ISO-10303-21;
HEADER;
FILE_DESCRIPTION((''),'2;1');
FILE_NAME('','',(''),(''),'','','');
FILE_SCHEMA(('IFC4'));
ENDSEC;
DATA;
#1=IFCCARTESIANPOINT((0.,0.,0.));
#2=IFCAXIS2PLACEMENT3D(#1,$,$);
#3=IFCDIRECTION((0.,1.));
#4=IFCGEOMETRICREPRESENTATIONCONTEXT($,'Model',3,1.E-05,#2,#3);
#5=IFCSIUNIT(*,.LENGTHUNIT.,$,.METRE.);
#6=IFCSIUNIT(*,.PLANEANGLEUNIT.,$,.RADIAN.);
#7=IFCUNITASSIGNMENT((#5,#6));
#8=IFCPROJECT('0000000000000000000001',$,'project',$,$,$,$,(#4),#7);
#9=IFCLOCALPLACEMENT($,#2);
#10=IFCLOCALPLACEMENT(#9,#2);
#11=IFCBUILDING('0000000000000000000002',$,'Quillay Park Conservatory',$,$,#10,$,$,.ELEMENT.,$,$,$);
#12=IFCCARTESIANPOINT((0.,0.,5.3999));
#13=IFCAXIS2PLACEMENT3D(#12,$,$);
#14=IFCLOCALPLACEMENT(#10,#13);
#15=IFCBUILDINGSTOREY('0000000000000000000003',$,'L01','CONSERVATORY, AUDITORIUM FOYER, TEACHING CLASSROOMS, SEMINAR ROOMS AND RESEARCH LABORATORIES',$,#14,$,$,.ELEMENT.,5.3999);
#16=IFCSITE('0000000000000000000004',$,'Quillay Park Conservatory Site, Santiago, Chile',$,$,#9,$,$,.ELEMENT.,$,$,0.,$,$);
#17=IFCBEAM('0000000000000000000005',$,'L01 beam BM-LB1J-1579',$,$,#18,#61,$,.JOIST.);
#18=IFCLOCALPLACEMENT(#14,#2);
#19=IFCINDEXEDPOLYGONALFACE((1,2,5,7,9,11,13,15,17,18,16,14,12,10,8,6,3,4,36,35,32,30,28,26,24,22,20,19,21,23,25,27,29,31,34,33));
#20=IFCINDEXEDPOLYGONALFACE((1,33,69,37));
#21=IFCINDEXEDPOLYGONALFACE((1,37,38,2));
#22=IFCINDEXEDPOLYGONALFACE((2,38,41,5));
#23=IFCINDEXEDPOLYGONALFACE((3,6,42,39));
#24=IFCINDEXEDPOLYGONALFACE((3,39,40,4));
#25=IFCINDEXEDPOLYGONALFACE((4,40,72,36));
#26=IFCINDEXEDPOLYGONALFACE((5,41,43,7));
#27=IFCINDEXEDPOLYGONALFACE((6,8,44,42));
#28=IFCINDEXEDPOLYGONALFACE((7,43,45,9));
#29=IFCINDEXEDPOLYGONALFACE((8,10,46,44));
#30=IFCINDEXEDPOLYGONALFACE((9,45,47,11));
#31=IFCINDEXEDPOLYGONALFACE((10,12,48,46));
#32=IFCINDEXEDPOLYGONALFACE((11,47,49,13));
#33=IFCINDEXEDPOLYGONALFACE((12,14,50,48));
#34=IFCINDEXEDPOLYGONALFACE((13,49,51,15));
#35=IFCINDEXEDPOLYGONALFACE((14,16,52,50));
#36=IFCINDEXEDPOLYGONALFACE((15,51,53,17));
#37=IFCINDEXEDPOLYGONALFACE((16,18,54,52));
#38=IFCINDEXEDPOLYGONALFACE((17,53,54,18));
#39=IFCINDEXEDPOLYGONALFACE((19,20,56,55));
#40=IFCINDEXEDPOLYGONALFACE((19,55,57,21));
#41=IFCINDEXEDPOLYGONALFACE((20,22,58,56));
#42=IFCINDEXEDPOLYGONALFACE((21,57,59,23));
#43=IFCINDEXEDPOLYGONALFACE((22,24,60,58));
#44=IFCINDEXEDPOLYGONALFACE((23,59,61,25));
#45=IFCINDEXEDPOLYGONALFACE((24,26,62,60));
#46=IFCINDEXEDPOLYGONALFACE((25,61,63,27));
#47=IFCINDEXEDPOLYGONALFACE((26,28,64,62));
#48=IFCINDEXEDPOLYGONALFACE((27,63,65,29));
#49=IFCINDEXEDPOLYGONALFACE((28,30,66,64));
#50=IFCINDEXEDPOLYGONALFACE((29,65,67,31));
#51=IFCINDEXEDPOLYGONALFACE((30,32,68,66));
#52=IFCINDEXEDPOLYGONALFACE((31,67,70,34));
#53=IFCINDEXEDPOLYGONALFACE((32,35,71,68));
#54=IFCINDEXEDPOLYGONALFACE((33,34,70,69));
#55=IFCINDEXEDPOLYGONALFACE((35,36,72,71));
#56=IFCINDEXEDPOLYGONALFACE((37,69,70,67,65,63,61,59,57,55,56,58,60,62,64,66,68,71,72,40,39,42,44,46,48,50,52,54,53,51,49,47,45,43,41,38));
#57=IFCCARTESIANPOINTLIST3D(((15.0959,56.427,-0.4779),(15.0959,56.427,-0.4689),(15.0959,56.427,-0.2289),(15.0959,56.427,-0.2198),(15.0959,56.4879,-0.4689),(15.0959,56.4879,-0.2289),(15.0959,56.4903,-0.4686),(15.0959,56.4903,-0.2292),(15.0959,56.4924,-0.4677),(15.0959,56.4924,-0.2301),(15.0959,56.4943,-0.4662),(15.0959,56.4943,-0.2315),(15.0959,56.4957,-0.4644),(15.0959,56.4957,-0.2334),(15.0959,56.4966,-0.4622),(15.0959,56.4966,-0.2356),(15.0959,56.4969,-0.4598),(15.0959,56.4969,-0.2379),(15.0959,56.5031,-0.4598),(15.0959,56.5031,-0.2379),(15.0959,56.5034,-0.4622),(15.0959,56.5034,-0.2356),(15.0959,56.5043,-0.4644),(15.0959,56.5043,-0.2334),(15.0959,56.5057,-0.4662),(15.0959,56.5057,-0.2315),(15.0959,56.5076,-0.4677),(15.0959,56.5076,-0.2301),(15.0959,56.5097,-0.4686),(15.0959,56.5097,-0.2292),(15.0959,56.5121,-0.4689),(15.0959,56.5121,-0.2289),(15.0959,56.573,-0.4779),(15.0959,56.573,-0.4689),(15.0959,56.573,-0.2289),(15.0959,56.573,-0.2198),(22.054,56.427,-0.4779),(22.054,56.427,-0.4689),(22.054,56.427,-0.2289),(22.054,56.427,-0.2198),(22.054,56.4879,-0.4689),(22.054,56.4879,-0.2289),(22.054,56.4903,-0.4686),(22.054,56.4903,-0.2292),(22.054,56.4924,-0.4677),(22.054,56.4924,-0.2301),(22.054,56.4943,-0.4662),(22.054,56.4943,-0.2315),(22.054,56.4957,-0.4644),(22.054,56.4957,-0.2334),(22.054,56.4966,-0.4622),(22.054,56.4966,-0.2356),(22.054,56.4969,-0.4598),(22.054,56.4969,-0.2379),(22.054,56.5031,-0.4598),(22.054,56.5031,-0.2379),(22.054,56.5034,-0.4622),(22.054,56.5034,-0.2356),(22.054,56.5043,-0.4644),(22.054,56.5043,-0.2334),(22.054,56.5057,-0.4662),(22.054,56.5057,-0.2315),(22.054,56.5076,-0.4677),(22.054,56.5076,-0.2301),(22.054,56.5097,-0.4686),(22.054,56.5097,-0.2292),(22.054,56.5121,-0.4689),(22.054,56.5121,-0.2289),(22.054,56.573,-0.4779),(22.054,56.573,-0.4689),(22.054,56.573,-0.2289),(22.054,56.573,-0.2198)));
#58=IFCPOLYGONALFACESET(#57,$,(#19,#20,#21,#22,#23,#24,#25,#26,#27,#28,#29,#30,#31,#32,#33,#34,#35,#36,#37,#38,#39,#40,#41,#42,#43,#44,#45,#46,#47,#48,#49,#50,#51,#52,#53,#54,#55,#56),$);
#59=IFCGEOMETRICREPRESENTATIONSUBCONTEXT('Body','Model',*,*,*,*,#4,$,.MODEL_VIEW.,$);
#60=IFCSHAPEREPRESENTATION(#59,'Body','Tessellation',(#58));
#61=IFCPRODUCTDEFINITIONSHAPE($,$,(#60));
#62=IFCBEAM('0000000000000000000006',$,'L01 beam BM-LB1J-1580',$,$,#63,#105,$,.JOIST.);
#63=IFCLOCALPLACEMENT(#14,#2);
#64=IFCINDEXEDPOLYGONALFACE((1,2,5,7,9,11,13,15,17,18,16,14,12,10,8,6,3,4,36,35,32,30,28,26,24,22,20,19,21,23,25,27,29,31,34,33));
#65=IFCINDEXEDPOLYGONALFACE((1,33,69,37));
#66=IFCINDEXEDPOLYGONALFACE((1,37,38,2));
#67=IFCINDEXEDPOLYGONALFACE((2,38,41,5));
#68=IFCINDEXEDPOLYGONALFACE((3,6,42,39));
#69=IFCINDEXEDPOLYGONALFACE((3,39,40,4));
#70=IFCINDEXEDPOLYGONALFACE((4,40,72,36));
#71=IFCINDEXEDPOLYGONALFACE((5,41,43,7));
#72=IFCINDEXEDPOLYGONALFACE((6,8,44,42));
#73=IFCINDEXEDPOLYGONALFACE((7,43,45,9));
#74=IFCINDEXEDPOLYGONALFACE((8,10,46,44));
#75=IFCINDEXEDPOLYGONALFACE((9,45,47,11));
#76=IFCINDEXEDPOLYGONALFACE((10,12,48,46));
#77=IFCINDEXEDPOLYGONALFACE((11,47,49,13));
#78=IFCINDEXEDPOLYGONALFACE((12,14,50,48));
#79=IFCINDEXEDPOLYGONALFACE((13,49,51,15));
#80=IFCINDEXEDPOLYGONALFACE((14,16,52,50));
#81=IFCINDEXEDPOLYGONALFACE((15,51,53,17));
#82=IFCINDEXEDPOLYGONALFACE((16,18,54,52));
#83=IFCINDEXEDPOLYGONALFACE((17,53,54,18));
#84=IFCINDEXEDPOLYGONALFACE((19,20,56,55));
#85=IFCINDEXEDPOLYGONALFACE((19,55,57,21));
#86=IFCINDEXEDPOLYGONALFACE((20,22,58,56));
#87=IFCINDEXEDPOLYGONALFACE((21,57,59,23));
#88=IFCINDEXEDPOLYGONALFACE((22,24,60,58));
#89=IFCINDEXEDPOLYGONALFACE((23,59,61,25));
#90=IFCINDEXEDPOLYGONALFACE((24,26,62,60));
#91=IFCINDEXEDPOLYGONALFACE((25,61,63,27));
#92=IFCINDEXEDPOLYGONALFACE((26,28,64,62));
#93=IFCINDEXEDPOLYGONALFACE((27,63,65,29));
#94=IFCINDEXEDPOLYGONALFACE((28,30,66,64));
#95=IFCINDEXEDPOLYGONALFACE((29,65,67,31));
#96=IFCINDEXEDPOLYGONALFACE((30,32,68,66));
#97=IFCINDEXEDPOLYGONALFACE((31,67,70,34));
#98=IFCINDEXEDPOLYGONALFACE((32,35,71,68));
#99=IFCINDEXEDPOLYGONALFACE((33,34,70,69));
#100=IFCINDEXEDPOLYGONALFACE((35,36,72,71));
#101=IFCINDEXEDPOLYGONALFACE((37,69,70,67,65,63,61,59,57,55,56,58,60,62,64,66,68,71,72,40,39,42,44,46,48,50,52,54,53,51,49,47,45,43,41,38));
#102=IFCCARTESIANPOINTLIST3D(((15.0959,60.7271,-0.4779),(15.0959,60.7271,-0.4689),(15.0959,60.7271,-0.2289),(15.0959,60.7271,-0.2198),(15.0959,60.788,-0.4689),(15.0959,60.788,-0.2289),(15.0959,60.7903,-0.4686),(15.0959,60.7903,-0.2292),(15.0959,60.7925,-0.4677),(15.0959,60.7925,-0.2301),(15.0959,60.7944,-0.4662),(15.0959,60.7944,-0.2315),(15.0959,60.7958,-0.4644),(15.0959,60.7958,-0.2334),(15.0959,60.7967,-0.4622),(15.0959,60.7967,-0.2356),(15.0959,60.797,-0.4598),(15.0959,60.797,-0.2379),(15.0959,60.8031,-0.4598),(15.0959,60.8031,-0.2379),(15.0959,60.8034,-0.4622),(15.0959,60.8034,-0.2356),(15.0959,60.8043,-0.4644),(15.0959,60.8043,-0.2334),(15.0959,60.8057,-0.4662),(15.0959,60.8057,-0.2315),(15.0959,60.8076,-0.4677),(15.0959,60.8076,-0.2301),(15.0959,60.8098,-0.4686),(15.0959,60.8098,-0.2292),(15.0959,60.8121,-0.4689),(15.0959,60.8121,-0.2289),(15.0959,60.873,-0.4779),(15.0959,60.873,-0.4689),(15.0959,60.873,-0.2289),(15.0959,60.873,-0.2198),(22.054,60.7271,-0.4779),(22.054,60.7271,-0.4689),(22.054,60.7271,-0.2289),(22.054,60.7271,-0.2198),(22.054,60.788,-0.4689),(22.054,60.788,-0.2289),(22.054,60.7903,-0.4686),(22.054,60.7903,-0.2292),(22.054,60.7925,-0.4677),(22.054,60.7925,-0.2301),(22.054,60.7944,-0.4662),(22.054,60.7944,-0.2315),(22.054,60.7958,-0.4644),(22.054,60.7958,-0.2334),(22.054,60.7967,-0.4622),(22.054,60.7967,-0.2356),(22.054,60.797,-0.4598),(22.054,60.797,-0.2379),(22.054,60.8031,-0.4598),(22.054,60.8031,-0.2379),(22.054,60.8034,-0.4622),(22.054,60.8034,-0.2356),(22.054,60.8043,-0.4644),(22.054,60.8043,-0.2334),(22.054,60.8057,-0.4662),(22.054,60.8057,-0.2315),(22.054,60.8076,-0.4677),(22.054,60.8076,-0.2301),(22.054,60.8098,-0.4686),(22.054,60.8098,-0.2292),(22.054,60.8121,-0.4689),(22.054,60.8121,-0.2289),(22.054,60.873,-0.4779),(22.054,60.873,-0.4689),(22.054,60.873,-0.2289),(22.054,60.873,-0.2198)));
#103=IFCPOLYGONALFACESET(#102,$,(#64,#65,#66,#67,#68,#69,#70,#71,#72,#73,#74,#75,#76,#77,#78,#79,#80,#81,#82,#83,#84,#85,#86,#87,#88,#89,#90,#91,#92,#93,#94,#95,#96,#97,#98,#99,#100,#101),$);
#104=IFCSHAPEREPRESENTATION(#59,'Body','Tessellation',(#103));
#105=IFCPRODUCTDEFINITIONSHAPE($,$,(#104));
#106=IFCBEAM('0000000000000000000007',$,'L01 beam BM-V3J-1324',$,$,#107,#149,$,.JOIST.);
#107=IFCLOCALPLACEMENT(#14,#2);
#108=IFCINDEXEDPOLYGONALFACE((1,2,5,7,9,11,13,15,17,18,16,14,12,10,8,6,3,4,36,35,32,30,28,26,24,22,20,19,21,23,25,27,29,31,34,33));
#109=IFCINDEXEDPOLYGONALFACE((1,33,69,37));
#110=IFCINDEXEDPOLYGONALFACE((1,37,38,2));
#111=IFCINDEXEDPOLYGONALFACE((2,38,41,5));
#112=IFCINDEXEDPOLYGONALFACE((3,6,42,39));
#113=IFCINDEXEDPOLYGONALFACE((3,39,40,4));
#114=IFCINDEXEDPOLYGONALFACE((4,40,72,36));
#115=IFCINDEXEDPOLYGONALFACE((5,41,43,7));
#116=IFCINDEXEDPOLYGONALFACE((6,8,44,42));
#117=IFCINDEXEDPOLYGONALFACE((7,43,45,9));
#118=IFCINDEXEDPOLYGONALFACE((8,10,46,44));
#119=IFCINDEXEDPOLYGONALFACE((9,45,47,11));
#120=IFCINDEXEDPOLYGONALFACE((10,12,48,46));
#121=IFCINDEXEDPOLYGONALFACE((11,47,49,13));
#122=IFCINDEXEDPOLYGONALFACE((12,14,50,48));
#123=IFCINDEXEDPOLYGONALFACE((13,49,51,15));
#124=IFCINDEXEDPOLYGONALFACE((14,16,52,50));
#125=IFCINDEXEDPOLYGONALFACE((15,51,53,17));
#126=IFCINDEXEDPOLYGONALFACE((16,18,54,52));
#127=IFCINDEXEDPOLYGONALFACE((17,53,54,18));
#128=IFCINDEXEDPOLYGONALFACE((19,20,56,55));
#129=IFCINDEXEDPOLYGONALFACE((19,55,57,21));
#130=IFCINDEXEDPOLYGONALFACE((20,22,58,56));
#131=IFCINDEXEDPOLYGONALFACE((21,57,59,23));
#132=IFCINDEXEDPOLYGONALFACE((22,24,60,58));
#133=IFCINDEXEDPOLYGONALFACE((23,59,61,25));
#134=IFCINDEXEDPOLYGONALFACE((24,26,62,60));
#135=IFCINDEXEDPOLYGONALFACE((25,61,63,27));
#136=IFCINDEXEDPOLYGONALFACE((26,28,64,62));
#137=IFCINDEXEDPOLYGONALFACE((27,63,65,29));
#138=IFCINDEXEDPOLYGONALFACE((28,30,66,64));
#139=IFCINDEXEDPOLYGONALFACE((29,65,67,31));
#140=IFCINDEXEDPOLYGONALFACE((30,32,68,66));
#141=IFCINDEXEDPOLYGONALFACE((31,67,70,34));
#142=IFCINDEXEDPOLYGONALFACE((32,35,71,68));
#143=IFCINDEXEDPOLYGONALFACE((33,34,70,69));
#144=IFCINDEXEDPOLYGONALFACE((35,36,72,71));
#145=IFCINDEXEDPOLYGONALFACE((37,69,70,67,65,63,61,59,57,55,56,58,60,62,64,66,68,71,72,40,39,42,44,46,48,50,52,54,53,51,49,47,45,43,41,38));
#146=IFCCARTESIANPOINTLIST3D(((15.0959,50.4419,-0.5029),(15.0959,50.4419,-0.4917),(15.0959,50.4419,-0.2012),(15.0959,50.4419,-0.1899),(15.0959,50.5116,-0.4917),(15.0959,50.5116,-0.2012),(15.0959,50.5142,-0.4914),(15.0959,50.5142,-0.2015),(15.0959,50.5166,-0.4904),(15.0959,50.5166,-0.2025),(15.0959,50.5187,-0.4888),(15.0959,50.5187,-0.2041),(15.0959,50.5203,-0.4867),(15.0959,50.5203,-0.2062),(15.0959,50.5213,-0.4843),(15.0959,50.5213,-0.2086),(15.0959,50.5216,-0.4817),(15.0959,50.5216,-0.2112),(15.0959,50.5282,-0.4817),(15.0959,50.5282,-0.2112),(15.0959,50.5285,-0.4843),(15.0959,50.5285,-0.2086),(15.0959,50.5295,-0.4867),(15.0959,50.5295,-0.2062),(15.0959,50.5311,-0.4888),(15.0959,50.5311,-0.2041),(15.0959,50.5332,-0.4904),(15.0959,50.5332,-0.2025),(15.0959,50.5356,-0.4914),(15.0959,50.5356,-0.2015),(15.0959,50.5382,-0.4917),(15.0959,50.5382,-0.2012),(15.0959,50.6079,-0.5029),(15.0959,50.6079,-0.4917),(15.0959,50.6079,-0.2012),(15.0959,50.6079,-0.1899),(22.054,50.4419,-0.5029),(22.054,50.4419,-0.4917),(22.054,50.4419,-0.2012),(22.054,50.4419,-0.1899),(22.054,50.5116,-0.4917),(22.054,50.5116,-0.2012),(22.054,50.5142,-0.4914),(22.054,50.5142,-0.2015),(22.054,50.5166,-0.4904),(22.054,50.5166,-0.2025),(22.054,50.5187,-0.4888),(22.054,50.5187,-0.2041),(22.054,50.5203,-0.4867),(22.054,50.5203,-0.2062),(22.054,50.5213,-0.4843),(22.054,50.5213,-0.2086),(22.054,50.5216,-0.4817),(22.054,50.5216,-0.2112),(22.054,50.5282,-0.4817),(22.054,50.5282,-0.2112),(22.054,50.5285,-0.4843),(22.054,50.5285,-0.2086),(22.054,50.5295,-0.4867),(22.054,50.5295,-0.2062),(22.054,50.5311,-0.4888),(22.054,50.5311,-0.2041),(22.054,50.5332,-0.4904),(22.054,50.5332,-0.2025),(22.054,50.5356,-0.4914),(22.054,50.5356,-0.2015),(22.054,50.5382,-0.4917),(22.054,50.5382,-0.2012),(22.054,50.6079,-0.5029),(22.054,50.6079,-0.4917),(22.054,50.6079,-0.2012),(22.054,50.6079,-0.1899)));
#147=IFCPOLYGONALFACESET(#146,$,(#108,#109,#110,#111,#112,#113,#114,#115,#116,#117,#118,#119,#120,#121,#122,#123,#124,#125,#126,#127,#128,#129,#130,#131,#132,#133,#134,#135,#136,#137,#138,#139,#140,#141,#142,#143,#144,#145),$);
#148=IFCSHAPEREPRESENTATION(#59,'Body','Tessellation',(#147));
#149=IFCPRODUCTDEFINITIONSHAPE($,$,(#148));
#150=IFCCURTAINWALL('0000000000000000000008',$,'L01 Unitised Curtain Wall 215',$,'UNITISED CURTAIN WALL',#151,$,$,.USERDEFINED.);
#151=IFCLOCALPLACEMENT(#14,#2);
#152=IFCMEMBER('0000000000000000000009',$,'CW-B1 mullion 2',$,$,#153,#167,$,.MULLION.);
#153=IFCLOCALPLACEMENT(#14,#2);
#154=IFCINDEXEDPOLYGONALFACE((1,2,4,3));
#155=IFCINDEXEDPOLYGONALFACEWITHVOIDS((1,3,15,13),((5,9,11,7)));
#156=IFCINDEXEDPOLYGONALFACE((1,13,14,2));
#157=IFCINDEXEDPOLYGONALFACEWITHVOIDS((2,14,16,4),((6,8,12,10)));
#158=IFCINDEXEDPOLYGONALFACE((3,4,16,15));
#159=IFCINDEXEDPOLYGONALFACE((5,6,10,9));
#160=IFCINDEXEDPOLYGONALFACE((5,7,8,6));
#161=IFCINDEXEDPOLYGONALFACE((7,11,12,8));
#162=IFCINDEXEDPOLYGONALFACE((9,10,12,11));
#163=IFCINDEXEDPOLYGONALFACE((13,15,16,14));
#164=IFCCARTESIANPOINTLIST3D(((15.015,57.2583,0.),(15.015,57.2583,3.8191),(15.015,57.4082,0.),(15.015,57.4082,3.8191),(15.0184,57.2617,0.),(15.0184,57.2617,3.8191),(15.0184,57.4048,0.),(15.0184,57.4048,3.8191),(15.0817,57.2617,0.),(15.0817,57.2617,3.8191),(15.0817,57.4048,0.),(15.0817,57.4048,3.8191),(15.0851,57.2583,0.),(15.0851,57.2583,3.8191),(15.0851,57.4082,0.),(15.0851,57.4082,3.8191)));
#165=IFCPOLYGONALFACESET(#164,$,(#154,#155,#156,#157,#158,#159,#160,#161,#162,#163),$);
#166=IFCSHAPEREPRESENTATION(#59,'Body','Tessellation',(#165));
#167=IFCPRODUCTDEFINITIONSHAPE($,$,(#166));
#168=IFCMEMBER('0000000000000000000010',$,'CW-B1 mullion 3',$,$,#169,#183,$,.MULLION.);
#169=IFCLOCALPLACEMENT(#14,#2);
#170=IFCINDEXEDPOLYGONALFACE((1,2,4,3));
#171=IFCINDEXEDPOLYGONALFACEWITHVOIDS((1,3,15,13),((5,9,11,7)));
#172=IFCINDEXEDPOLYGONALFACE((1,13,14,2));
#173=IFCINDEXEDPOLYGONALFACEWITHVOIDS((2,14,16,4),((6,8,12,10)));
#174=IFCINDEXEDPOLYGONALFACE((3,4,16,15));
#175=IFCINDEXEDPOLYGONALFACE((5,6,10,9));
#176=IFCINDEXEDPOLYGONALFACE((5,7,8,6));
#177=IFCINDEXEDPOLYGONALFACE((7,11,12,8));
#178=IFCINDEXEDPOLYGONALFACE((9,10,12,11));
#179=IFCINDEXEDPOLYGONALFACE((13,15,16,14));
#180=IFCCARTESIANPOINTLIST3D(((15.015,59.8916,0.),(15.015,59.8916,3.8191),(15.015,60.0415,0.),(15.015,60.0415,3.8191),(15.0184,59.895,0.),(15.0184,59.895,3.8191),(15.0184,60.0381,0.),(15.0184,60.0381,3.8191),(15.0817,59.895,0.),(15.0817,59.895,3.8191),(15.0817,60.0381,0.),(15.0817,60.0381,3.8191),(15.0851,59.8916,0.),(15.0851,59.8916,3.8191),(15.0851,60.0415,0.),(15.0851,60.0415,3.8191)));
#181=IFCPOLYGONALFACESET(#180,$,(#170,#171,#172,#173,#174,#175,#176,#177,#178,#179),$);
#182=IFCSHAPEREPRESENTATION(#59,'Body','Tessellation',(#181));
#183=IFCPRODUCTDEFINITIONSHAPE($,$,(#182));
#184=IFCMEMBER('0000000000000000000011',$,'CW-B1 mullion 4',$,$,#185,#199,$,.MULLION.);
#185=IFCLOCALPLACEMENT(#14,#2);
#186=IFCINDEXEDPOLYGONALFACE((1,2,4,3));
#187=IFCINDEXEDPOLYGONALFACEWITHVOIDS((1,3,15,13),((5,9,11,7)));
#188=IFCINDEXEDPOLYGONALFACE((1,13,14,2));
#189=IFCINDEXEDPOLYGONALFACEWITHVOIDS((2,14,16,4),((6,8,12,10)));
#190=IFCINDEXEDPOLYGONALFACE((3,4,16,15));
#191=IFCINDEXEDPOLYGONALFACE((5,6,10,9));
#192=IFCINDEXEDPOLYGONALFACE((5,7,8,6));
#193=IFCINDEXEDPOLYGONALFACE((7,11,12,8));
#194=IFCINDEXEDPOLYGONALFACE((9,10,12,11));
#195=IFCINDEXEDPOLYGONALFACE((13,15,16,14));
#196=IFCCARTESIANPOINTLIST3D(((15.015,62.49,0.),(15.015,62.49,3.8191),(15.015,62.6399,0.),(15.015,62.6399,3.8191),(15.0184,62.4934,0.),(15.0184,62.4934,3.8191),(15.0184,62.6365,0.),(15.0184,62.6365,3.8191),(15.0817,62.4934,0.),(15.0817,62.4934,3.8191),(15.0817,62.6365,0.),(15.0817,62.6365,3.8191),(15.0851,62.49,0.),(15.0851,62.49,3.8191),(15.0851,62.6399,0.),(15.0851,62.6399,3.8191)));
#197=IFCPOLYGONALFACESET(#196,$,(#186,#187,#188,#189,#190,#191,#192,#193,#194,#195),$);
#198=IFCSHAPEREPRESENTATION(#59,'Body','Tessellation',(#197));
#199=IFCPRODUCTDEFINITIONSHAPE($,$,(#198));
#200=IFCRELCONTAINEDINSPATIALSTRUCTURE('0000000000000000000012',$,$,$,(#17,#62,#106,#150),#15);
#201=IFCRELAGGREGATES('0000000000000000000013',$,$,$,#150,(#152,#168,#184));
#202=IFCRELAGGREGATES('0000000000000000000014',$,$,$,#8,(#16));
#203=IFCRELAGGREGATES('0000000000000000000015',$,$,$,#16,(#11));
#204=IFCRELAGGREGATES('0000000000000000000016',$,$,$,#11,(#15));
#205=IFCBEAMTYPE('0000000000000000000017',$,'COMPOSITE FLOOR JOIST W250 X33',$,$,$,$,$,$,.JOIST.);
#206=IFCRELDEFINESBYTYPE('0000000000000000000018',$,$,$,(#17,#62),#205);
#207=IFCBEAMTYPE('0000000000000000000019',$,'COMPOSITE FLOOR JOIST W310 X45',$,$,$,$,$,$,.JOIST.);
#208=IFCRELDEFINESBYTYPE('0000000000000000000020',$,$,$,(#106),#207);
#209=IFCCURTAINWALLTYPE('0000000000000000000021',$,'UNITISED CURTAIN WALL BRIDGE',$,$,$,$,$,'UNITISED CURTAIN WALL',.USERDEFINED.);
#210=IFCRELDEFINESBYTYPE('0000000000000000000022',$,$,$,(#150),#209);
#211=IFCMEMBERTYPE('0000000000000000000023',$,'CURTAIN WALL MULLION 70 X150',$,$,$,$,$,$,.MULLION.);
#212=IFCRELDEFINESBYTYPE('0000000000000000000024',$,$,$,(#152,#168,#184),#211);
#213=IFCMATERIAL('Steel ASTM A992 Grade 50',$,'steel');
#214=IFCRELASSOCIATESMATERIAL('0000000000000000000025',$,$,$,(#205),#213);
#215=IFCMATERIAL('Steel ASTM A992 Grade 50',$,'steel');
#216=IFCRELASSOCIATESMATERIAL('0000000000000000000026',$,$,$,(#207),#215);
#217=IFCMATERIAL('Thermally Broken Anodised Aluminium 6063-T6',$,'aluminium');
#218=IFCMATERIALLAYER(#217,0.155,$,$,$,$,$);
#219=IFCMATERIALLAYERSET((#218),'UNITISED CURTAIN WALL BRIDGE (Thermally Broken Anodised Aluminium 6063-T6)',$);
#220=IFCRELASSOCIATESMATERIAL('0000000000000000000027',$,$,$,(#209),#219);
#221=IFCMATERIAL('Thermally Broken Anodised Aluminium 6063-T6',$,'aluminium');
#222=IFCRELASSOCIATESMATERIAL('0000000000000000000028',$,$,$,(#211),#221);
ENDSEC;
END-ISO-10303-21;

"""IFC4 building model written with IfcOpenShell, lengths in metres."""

from ifc_helpers import new_model, si_unit, direction, frame, origin, origin_2d, place, context, subcontext, project, spatial, hollow_rectangle, i_section, extrude, material, layer, layer_set, material_profile, profile_set, type_object, element, aggregate, save


model = new_model("IFC4")

# Units and contexts
model_context = context("Model", 3, precision=1e-05, world=origin(), true_north=direction((0.0, 1.0)))
body_context = subcontext(model_context, "Body", "Model", "MODEL_VIEW")
ifc_project = project(units=[si_unit("LENGTHUNIT", "METRE"), si_unit("PLANEANGLEUNIT", "RADIAN")], contexts=[model_context])

# Site, building, storey
site_placement = place(None, origin())
site = spatial("IfcSite", under=ifc_project, at=site_placement, Name="Quillay Park Conservatory Site, Santiago, Chile", CompositionType="ELEMENT", RefElevation=0.0)
building_placement = place(site_placement, origin())
building = spatial("IfcBuilding", under=site, at=building_placement, Name="Quillay Park Conservatory", CompositionType="ELEMENT")
storey_placement = place(building_placement, frame((0.0, 0.0, 5.3999)))
storey = spatial("IfcBuildingStorey", under=building, at=storey_placement, Name="L01", Description="CONSERVATORY, AUDITORIUM FOYER, TEACHING CLASSROOMS, SEMINAR ROOMS AND RESEARCH LABORATORIES", CompositionType="ELEMENT", Elevation=5.3999)

# Beams
ifc_material_1 = material(Name="Steel ASTM A992 Grade 50", Category="steel")
ifc_material_profile_1 = material_profile(ifc_material_1, i_section(OverallWidth=0.146, OverallDepth=0.2581, WebThickness=0.0061, FlangeThickness=0.009, FilletRadius=0.009, at=origin_2d()), Name="W250x33")
ifc_profile_set_1 = profile_set([ifc_material_profile_1], Name="Steel ASTM A992 Grade 50")
beam_type_1 = type_object("IfcBeamType", Name="COMPOSITE FLOOR JOIST W250 X33", PredefinedType="JOIST", material=ifc_profile_set_1)
for number, where, z_axis, x_axis, name in (
    (1, (15.0959, 56.5, -0.3489), (1.0, 0.0, 0.0), (0.0, 1.0, 0.0), "L01 beam BM-LB1J-1579"),
    (2, (15.0959, 60.8, -0.3489), (1.0, 0.0, 0.0), (0.0, 1.0, 0.0), "L01 beam BM-LB1J-1580"),
):
    element("IfcBeam", number, at=place(storey_placement, frame(where, z_axis=z_axis, x_axis=x_axis)), inside=storey, type_object=beam_type_1, Name=name, PredefinedType="JOIST", context=body_context, shape_type="SweptSolid", body=[
        extrude(i_section(OverallWidth=0.146, OverallDepth=0.2581, WebThickness=0.0061, FlangeThickness=0.009, FilletRadius=0.009, at=origin_2d()), origin(), (0.0, 0.0, 1.0), 6.958),
    ])
ifc_material_2 = material(Name="Steel ASTM A992 Grade 50", Category="steel")
ifc_material_profile_2 = material_profile(ifc_material_2, i_section(OverallWidth=0.166, OverallDepth=0.313, WebThickness=0.0066, FlangeThickness=0.0112, FilletRadius=0.01, at=origin_2d()), Name="W310x45")
ifc_profile_set_2 = profile_set([ifc_material_profile_2], Name="Steel ASTM A992 Grade 50")
beam_type_2 = type_object("IfcBeamType", Name="COMPOSITE FLOOR JOIST W310 X45", PredefinedType="JOIST", material=ifc_profile_set_2)
beam_1_placement = place(storey_placement, frame((15.0959, 50.5249, -0.3464), z_axis=(1.0, 0.0, 0.0), x_axis=(0.0, 1.0, 0.0)))
element("IfcBeam", 3, at=beam_1_placement, inside=storey, type_object=beam_type_2, Name="L01 beam BM-V3J-1324", PredefinedType="JOIST", context=body_context, shape_type="SweptSolid", body=[
    extrude(i_section(OverallWidth=0.166, OverallDepth=0.313, WebThickness=0.0066, FlangeThickness=0.0112, FilletRadius=0.01, at=origin_2d()), origin(), (0.0, 0.0, 1.0), 6.958),
])

# Curtain wall, members
ifc_material_3 = material(Name="Thermally Broken Anodised Aluminium 6063-T6", Category="aluminium")
ifc_layer_1 = layer(ifc_material_3, 0.155)
ifc_layer_set_1 = layer_set([ifc_layer_1], Name="UNITISED CURTAIN WALL BRIDGE (Thermally Broken Anodised Aluminium 6063-T6)")
curtain_wall_type = type_object("IfcCurtainWallType", Name="UNITISED CURTAIN WALL BRIDGE", ElementType="UNITISED CURTAIN WALL", PredefinedType="USERDEFINED", material=ifc_layer_set_1)
curtain_wall_placement = place(storey_placement, origin())
curtain_wall = element("IfcCurtainWall", 4, at=curtain_wall_placement, inside=storey, type_object=curtain_wall_type, Name="L01 Unitised Curtain Wall 215", ObjectType="UNITISED CURTAIN WALL", PredefinedType="USERDEFINED")
ifc_material_4 = material(Name="Thermally Broken Anodised Aluminium 6063-T6", Category="aluminium")
ifc_material_profile_3 = material_profile(ifc_material_4, hollow_rectangle(XDim=0.0701, YDim=0.1499, WallThickness=0.0034, at=origin_2d()), Name="AL70x150x3.5")
ifc_profile_set_3 = profile_set([ifc_material_profile_3], Name="Thermally Broken Anodised Aluminium 6063-T6")
member_type_1 = type_object("IfcMemberType", Name="CURTAIN WALL MULLION 70 X150", PredefinedType="MULLION", material=ifc_profile_set_3)
member_1_placement = place(storey_placement, frame((15.05, 57.3333, 0.0), z_axis=(0.0, 0.0, 1.0), x_axis=(-1.0, 0.0, 0.0)))
member_1 = element("IfcMember", 5, at=member_1_placement, type_object=member_type_1, Name="CW-B1 mullion 2", PredefinedType="MULLION", context=body_context, shape_type="SweptSolid", body=[
    extrude(hollow_rectangle(XDim=0.0701, YDim=0.1499, WallThickness=0.0034, at=origin_2d()), origin(), (0.0, 0.0, 1.0), 3.8191),
])
member_2_placement = place(storey_placement, frame((15.05, 59.9666, 0.0), z_axis=(0.0, 0.0, 1.0), x_axis=(-1.0, 0.0, 0.0)))
member_2 = element("IfcMember", 6, at=member_2_placement, type_object=member_type_1, Name="CW-B1 mullion 3", PredefinedType="MULLION", context=body_context, shape_type="SweptSolid", body=[
    extrude(hollow_rectangle(XDim=0.0701, YDim=0.1499, WallThickness=0.0034, at=origin_2d()), origin(), (0.0, 0.0, 1.0), 3.8191),
])
member_3_placement = place(storey_placement, frame((15.05, 62.5649, 0.0), z_axis=(0.0, 0.0, 1.0), x_axis=(-1.0, 0.0, 0.0)))
member_3 = element("IfcMember", 7, at=member_3_placement, type_object=member_type_1, Name="CW-B1 mullion 4", PredefinedType="MULLION", context=body_context, shape_type="SweptSolid", body=[
    extrude(hollow_rectangle(XDim=0.0701, YDim=0.1499, WallThickness=0.0034, at=origin_2d()), origin(), (0.0, 0.0, 1.0), 3.8191),
])

aggregate(curtain_wall, [member_1, member_2, member_3])

save(model, "model.ifc")
